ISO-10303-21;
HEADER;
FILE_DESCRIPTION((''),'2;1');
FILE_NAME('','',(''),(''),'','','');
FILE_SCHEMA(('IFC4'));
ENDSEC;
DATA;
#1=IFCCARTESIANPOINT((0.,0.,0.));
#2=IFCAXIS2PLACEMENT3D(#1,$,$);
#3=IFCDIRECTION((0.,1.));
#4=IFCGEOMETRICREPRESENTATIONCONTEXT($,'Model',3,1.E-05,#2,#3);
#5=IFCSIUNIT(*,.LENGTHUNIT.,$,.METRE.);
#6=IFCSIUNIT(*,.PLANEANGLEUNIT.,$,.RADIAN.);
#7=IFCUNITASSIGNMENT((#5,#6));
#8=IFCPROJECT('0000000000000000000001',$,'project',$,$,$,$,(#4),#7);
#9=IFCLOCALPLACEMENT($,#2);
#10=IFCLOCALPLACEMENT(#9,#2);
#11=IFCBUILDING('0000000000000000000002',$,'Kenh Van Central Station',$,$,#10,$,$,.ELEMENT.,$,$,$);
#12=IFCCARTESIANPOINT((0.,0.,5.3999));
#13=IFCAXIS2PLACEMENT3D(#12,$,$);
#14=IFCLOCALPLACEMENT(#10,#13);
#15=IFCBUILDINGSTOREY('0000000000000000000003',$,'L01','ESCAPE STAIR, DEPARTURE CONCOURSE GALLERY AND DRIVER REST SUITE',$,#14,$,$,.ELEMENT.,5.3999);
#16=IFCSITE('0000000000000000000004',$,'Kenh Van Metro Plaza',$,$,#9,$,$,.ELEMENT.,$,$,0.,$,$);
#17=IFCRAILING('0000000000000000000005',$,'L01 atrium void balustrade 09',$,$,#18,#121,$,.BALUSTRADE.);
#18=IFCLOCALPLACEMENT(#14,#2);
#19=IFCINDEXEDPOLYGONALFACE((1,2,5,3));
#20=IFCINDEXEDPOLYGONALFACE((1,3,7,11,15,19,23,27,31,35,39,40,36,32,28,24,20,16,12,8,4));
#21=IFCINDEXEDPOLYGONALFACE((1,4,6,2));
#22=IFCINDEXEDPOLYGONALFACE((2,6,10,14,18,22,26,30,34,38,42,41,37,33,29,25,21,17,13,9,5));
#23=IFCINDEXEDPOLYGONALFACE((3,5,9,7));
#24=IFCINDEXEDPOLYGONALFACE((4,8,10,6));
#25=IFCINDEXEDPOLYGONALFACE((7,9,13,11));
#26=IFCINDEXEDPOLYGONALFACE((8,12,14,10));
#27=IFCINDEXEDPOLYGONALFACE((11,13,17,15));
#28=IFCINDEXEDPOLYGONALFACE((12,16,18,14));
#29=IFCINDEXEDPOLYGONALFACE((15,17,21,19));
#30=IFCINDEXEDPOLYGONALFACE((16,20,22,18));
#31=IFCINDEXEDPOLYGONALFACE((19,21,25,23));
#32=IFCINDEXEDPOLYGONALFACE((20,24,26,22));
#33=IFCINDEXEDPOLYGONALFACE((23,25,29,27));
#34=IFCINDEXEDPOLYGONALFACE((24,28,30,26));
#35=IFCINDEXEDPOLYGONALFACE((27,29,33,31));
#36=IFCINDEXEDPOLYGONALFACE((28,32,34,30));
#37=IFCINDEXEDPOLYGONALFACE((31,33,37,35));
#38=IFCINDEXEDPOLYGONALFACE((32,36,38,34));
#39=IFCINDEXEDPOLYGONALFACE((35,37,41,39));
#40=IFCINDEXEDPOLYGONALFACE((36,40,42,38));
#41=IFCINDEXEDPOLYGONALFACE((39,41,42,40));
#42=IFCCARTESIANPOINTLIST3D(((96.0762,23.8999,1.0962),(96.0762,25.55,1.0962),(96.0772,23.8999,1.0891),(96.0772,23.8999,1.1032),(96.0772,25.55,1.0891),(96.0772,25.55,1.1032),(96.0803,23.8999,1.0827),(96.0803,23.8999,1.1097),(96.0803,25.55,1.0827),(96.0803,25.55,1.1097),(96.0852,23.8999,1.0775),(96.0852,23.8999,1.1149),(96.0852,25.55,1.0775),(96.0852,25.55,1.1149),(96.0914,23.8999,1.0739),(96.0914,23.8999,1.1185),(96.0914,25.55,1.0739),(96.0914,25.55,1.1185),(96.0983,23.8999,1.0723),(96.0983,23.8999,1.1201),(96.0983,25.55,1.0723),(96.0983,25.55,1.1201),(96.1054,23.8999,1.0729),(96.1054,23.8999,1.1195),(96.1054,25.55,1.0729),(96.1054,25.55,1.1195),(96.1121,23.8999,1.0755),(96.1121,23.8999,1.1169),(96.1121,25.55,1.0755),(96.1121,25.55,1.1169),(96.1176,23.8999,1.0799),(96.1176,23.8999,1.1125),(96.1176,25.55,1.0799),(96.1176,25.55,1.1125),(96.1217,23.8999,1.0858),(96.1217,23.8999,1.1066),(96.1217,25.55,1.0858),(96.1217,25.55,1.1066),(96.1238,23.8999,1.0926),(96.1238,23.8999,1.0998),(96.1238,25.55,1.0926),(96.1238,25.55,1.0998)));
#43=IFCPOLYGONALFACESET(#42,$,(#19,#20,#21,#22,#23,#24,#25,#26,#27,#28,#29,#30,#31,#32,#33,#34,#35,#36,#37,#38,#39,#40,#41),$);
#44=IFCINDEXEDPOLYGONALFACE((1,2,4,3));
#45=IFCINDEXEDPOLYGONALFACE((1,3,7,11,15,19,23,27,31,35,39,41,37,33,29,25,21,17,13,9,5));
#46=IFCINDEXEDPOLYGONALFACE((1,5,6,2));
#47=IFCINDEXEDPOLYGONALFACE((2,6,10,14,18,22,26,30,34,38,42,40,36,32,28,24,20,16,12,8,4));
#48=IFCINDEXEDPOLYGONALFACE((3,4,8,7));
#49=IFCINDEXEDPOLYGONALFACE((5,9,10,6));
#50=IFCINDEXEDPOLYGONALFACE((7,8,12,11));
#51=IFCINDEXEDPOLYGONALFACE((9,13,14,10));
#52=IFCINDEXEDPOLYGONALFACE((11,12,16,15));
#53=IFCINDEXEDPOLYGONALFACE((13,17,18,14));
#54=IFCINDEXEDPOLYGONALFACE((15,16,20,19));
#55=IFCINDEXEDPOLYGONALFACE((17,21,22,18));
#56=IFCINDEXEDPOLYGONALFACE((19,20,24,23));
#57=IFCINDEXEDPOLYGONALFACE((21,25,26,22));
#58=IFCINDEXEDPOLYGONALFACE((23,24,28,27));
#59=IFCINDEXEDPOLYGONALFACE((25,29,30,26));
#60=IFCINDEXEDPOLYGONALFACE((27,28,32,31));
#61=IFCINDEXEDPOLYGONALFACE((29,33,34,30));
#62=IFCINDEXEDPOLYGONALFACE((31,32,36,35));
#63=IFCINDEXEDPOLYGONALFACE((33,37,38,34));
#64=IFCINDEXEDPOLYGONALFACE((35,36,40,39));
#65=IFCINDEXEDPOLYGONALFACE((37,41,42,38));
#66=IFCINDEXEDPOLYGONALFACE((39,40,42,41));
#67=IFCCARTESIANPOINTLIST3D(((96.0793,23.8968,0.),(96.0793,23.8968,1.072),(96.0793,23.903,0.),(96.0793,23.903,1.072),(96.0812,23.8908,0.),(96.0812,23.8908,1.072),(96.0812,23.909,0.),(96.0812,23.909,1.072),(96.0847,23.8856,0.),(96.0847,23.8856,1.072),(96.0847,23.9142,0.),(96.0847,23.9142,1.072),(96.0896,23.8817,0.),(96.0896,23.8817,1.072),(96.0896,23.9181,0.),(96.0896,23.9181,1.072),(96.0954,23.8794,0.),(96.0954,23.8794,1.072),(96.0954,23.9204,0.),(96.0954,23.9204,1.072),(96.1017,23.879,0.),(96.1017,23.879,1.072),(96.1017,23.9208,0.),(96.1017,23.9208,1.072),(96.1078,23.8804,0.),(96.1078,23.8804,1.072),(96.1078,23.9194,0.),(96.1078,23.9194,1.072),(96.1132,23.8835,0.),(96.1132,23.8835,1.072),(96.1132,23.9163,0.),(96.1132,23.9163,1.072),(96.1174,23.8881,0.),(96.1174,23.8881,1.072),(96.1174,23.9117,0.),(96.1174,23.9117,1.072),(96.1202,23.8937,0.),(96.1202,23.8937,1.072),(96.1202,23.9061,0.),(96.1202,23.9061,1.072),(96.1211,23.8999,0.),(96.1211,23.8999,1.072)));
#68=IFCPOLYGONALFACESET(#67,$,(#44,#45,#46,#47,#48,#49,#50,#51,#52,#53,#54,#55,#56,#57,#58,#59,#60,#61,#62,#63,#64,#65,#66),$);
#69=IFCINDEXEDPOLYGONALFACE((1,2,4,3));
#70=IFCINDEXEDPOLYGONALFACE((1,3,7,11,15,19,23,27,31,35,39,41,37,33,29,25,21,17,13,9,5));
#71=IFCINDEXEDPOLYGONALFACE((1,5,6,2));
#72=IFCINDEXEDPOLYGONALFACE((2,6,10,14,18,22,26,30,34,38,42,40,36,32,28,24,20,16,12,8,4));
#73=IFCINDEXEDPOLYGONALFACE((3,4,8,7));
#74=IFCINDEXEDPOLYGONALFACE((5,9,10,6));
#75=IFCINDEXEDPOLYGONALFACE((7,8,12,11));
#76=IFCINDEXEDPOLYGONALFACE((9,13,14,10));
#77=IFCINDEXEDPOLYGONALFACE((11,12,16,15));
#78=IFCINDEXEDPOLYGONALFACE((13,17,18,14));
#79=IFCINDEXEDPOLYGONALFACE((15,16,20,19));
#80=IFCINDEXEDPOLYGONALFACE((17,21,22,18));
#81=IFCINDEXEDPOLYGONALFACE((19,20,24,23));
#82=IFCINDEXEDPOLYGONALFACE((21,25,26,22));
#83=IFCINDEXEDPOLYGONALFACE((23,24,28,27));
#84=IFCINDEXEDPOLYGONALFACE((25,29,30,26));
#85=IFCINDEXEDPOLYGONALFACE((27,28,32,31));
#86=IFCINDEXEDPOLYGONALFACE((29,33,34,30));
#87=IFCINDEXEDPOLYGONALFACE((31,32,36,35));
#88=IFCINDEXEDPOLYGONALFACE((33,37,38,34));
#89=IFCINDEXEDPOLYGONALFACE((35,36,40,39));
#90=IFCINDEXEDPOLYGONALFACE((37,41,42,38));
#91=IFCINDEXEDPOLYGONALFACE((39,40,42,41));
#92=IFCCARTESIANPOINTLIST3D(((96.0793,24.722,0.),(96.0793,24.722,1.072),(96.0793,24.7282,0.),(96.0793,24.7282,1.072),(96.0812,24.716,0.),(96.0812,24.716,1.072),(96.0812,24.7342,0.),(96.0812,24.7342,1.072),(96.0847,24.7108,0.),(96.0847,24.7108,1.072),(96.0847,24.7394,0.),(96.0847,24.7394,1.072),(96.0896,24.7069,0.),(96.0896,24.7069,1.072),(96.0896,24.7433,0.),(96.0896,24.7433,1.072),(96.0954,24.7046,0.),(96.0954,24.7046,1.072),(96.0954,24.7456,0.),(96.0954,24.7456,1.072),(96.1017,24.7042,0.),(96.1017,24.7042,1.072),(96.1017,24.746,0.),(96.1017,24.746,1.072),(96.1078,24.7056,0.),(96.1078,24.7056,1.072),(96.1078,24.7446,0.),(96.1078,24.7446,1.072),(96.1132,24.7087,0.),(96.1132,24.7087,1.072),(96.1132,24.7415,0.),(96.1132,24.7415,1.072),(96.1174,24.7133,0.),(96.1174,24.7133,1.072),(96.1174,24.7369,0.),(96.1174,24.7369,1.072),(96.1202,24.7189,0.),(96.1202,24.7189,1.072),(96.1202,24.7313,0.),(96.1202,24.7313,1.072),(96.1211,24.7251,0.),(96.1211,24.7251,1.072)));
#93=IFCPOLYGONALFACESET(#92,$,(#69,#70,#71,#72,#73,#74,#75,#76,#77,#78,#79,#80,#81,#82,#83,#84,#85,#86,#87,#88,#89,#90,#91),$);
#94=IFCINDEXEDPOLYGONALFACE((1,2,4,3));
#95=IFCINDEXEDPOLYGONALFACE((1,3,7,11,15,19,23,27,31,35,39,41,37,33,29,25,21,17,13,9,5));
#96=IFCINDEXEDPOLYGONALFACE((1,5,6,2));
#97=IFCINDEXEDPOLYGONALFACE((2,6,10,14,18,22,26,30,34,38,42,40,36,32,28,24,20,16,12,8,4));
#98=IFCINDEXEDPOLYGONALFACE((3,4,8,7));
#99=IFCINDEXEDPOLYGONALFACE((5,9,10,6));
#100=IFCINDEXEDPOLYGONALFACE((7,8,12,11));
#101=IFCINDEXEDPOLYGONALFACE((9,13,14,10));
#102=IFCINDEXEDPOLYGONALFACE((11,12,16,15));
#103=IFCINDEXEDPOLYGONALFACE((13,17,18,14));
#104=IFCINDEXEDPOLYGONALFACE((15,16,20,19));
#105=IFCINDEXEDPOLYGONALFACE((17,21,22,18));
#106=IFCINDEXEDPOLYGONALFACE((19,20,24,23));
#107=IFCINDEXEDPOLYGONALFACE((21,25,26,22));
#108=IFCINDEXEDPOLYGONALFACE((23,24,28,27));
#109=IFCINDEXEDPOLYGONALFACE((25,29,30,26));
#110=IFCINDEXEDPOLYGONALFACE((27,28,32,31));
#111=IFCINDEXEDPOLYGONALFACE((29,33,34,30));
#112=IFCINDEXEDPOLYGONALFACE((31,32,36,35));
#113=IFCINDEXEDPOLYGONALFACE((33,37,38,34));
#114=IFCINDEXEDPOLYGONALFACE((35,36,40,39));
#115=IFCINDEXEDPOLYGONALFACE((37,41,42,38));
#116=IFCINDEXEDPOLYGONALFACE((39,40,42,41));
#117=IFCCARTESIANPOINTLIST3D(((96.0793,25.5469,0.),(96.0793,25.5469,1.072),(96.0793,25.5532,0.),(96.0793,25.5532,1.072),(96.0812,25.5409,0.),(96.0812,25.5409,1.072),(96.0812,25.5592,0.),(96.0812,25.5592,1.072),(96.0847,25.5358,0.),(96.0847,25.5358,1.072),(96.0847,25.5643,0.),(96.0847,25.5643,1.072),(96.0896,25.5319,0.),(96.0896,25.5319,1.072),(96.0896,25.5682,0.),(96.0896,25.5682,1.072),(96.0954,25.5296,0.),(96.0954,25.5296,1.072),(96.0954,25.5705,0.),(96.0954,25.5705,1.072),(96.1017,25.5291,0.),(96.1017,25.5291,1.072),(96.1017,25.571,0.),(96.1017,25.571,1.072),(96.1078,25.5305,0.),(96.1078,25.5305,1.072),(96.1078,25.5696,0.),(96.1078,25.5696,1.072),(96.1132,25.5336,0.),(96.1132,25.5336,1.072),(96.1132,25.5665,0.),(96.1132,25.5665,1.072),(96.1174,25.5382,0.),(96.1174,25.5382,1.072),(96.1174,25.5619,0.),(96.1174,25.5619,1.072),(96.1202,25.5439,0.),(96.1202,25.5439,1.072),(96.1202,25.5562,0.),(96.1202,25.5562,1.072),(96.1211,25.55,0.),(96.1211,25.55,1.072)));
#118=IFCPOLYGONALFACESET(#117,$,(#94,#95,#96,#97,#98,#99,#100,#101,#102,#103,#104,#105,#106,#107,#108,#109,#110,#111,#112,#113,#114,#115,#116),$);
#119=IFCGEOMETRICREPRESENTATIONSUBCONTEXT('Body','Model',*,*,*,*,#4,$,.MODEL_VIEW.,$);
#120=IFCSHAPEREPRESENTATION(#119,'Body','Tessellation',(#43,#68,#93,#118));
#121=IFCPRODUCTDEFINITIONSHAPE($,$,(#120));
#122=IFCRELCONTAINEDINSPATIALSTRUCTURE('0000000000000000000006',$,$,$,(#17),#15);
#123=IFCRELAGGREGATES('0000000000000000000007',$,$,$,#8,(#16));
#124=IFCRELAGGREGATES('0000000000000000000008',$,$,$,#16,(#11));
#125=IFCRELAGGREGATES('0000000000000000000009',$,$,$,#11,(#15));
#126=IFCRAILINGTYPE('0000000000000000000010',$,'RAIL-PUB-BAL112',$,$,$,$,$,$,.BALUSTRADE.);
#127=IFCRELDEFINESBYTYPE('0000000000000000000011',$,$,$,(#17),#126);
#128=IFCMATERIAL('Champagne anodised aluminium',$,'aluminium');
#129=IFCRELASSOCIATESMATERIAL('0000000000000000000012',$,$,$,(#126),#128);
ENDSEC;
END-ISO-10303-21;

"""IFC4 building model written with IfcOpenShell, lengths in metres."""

from ifc_helpers import new_model, si_unit, direction, frame, origin, origin_2d, place, context, subcontext, project, spatial, circle, extrude, material, type_object, element, save


model = new_model("IFC4")

# Units and contexts
model_context = context("Model", 3, precision=1e-05, world=origin(), true_north=direction((0.0, 1.0)))
body_context = subcontext(model_context, "Body", "Model", "MODEL_VIEW")
ifc_project = project(units=[si_unit("LENGTHUNIT", "METRE"), si_unit("PLANEANGLEUNIT", "RADIAN")], contexts=[model_context])

# Site, building, storey
site_placement = place(None, origin())
site = spatial("IfcSite", under=ifc_project, at=site_placement, Name="Kenh Van Metro Plaza", CompositionType="ELEMENT", RefElevation=0.0)
building_placement = place(site_placement, origin())
building = spatial("IfcBuilding", under=site, at=building_placement, Name="Kenh Van Central Station", CompositionType="ELEMENT")
storey_placement = place(building_placement, frame((0.0, 0.0, 5.3999)))
storey = spatial("IfcBuildingStorey", under=building, at=storey_placement, Name="L01", Description="ESCAPE STAIR, DEPARTURE CONCOURSE GALLERY AND DRIVER REST SUITE", CompositionType="ELEMENT", Elevation=5.3999)

# Shared definitions
ifc_material_1 = material(Name="Champagne anodised aluminium", Category="aluminium")

# Railing
railing_type = type_object("IfcRailingType", Name="RAIL-PUB-BAL112", PredefinedType="BALUSTRADE", material=ifc_material_1)
railing_1_placement = place(storey_placement, frame((96.1001, 23.8999, 0.0)))
element("IfcRailing", 1, at=railing_1_placement, inside=storey, type_object=railing_type, Name="L01 atrium void balustrade 09", PredefinedType="BALUSTRADE", context=body_context, shape_type="SweptSolid", body=[
    extrude(circle(Radius=0.0239, at=origin_2d()), frame((0.0, 0.0, 1.0962), z_axis=(0.0, 1.0, 0.0), x_axis=(-1.0, 0.0, 0.0)), (0.0, 0.0, 1.0), 1.6501),
    extrude(circle(Radius=0.021, at=origin_2d()), origin(), (0.0, 0.0, 1.0), 1.072),
    extrude(circle(Radius=0.021, at=origin_2d()), frame((0.0, 0.8252, 0.0)), (0.0, 0.0, 1.0), 1.072),
    extrude(circle(Radius=0.021, at=origin_2d()), frame((0.0, 1.6501, 0.0)), (0.0, 0.0, 1.0), 1.072),
])

save(model, "model.ifc")
